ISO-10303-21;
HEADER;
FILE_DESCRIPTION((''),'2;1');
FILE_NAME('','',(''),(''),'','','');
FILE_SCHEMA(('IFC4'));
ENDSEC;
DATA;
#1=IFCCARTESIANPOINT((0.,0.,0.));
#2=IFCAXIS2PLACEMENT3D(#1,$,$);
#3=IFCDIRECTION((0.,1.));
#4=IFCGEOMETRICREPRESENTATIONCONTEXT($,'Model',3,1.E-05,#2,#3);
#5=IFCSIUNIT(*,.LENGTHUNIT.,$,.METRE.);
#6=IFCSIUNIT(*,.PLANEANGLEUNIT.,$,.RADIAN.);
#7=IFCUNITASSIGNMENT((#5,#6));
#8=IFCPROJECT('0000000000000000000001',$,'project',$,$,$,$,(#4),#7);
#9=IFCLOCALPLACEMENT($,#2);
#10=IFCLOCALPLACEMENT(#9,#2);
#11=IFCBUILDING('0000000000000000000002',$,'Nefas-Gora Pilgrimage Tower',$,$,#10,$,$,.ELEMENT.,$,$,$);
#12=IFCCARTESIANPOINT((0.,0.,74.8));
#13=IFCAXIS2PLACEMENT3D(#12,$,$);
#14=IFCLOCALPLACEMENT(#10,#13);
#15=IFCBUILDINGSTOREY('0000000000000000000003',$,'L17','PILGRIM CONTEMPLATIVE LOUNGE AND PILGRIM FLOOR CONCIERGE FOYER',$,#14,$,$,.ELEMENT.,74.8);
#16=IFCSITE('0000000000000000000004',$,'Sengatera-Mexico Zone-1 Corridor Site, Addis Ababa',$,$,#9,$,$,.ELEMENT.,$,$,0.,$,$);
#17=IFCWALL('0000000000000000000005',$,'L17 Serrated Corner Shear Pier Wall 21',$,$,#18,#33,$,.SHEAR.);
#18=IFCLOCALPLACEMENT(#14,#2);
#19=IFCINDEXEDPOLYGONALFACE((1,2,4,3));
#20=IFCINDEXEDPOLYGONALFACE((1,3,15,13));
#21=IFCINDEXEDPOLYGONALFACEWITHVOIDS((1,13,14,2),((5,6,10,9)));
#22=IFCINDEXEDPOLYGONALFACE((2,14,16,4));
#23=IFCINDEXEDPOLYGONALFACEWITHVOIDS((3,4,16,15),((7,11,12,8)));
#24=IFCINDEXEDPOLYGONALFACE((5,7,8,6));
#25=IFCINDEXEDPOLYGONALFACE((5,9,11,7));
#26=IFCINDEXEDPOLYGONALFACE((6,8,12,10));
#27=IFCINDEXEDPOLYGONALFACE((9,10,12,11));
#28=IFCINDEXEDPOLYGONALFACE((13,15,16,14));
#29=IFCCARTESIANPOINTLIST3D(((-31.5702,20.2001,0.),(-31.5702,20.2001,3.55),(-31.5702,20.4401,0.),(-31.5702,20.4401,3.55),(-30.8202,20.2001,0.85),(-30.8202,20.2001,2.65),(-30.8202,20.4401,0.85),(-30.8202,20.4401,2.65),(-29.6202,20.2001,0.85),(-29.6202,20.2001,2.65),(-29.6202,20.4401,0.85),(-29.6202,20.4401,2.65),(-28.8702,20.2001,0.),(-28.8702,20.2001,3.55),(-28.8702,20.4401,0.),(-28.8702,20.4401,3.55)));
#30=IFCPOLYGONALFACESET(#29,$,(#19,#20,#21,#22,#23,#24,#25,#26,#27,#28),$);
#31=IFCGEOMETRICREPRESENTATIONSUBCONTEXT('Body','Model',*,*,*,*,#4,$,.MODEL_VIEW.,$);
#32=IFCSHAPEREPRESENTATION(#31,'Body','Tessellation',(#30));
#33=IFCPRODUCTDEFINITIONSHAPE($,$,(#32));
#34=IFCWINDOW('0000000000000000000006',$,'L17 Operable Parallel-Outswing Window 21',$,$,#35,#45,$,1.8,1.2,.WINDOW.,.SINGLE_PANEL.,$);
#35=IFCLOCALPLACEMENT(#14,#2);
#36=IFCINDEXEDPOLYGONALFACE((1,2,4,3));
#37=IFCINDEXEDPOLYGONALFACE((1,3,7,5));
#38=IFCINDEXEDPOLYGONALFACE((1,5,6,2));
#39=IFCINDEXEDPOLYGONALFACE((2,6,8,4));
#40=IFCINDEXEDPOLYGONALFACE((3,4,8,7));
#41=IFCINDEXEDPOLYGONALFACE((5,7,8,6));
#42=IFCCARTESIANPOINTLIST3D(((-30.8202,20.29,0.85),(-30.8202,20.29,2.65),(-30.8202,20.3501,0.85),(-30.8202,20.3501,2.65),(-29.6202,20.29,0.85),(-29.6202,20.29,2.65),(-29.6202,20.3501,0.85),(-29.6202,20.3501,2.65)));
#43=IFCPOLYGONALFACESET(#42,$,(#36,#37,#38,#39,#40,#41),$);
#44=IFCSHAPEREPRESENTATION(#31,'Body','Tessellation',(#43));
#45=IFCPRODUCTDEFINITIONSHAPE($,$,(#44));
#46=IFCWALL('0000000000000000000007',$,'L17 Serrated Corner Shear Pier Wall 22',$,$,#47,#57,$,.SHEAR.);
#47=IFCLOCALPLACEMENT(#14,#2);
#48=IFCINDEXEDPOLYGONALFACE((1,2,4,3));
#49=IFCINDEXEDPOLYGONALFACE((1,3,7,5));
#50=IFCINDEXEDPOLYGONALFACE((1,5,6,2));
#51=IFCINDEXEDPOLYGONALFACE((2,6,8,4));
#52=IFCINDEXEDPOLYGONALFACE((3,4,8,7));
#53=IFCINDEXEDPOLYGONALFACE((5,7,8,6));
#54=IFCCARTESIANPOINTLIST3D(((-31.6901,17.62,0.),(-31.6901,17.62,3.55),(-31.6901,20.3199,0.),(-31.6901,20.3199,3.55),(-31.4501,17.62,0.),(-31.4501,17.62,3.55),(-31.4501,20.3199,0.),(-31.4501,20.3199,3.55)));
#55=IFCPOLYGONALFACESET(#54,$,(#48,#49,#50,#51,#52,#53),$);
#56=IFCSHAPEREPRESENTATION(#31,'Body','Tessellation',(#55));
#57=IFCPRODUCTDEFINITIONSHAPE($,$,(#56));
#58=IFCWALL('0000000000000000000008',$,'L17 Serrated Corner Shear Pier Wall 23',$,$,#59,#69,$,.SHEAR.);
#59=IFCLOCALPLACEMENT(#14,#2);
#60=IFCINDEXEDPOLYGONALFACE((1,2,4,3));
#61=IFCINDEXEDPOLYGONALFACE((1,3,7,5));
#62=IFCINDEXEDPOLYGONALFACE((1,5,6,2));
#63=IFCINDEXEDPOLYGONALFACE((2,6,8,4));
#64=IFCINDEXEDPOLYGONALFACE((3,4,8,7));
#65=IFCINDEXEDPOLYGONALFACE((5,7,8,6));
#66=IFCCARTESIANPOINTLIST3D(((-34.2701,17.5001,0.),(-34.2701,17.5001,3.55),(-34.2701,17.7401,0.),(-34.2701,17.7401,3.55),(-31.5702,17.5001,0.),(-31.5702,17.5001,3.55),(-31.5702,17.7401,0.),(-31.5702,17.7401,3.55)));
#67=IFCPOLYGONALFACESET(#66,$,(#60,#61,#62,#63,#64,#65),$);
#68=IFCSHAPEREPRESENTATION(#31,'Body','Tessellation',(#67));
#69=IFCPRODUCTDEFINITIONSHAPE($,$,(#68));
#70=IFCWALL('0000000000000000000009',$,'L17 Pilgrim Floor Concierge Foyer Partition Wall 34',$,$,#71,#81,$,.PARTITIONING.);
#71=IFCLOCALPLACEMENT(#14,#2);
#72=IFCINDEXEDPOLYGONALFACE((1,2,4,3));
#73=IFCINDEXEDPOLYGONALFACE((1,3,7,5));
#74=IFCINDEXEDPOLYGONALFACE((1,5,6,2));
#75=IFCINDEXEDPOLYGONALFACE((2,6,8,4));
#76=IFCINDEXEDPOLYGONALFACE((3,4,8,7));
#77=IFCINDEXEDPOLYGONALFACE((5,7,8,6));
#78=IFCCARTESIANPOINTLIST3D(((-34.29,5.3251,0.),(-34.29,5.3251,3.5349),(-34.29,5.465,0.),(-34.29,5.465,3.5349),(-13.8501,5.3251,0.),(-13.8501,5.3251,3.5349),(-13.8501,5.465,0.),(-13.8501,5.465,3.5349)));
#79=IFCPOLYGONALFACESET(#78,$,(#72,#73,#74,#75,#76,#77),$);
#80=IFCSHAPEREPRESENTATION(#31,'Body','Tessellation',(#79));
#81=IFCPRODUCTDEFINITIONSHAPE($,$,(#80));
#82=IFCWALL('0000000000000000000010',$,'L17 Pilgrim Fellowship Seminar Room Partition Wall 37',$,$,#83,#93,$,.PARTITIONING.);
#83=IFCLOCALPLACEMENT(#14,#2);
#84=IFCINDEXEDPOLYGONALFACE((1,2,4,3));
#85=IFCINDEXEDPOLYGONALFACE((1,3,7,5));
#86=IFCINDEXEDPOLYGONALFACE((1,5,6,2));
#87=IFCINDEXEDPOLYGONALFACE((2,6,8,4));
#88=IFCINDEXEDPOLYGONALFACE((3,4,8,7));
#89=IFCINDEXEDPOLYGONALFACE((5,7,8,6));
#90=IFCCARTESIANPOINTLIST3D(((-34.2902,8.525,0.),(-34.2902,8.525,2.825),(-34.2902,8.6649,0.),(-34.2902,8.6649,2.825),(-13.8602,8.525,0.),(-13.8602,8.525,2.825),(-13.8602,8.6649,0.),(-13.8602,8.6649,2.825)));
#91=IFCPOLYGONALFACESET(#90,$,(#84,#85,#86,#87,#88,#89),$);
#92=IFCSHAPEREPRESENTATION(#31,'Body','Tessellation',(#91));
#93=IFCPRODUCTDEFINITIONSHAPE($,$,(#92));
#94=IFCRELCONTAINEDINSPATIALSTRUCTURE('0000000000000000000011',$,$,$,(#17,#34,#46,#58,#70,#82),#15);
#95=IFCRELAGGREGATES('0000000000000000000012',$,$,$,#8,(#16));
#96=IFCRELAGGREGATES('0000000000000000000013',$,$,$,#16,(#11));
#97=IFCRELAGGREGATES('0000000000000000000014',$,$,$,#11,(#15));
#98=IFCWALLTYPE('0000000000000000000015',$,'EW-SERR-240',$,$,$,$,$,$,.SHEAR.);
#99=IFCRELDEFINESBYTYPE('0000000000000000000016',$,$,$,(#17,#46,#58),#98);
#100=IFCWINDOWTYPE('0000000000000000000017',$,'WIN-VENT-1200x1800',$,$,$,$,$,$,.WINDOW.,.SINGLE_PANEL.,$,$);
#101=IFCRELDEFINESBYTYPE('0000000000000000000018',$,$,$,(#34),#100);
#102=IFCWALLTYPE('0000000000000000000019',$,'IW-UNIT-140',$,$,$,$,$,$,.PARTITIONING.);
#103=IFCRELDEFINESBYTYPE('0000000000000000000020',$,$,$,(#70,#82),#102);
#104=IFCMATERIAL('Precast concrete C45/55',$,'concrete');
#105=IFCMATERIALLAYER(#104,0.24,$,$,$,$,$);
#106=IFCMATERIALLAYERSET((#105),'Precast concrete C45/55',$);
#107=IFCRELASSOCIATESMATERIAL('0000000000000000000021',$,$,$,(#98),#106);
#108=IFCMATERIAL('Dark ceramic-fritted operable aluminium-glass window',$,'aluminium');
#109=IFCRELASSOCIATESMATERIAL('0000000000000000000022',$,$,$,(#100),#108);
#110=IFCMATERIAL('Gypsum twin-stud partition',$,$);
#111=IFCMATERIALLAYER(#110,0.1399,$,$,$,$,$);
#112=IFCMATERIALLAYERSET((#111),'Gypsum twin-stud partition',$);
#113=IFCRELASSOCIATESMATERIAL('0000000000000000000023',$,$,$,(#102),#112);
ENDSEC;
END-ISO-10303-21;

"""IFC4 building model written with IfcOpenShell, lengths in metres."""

from ifc_helpers import new_model, si_unit, direction, frame, frame_2d, origin, place, context, subcontext, project, spatial, rectangle, extrude, source, transform, mapped, material, layer, layer_set, type_object, element, fill, save


model = new_model("IFC4")

# Units and contexts
model_context = context("Model", 3, precision=1e-05, world=origin(), true_north=direction((0.0, 1.0)))
body_context = subcontext(model_context, "Body", "Model", "MODEL_VIEW")
ifc_project = project(units=[si_unit("LENGTHUNIT", "METRE"), si_unit("PLANEANGLEUNIT", "RADIAN")], contexts=[model_context])

# Site, building, storey
site_placement = place(None, origin())
site = spatial("IfcSite", under=ifc_project, at=site_placement, Name="Sengatera-Mexico Zone-1 Corridor Site, Addis Ababa", CompositionType="ELEMENT", RefElevation=0.0)
building_placement = place(site_placement, origin())
building = spatial("IfcBuilding", under=site, at=building_placement, Name="Nefas-Gora Pilgrimage Tower", CompositionType="ELEMENT")
storey_placement = place(building_placement, frame((0.0, 0.0, 74.8)))
storey = spatial("IfcBuildingStorey", under=building, at=storey_placement, Name="L17", Description="PILGRIM CONTEMPLATIVE LOUNGE AND PILGRIM FLOOR CONCIERGE FOYER", CompositionType="ELEMENT", Elevation=74.8)

# Shared definitions
ifc_material_1 = material(Name="Precast concrete C45/55", Category="concrete")
ifc_layer_1 = layer(ifc_material_1, 0.24)
ifc_layer_set_1 = layer_set([ifc_layer_1], Name="Precast concrete C45/55")
wall_type_1 = type_object("IfcWallType", Name="EW-SERR-240", PredefinedType="SHEAR", material=ifc_layer_set_1)
shared_shape_1 = source(origin(), body_context, "Body", "SweptSolid", [
    extrude(rectangle(XDim=2.7, YDim=0.24, at=frame_2d((1.3501, 0.0))), origin(), (0.0, 0.0, 1.0), 3.55),
])

# Wall, opening, window
wall_1_placement = place(storey_placement, frame((-28.8701, 20.3201, 0.0), z_axis=(0.0, 0.0, 1.0), x_axis=(-1.0, 0.0, 0.0)))
wall_1 = element("IfcWall", 1, at=wall_1_placement, inside=storey, type_object=wall_type_1, Name="L17 Serrated Corner Shear Pier Wall 21", PredefinedType="SHEAR", context=body_context, shape_type="MappedRepresentation", body=[
    mapped(shared_shape_1, transform((0.0, 0.0, 0.0), x_axis=(1.0, 0.0, 0.0), y_axis=(0.0, 1.0, 0.0), z_axis=(0.0, 0.0, 1.0), scale=1.0)),
])
opening_placement = place(wall_1_placement, frame((0.75, 0.0, 0.8501)))
opening = element("IfcOpeningElement", 2, at=opening_placement, cuts=wall_1, PredefinedType="OPENING", context=body_context, shape_type="SweptSolid", body=[
    extrude(rectangle(XDim=1.2, YDim=1.8, at=frame_2d((0.6001, 0.8999))), frame((0.0, 0.1299, 0.0), z_axis=(0.0, -1.0, 0.0), x_axis=(1.0, 0.0, 0.0)), (0.0, 0.0, 1.0), 0.26),
])
ifc_material_2 = material(Name="Dark ceramic-fritted operable aluminium-glass window", Category="aluminium")
window_type = type_object("IfcWindowType", Name="WIN-VENT-1200x1800", PartitioningType="SINGLE_PANEL", PredefinedType="WINDOW", material=ifc_material_2)
shared_shape_2 = source(origin(), body_context, "Body", "SweptSolid", [
    extrude(rectangle(XDim=1.2, YDim=1.8, at=frame_2d((0.6001, 0.8999))), frame((0.0, 0.03, 0.0), z_axis=(0.0, -1.0, 0.0), x_axis=(1.0, 0.0, 0.0)), (0.0, 0.0, 1.0), 0.0601),
])
window_placement = place(opening_placement, origin())
window = element("IfcWindow", 3, at=window_placement, inside=storey, type_object=window_type, Name="L17 Operable Parallel-Outswing Window 21", OverallHeight=1.8, OverallWidth=1.2, PartitioningType="SINGLE_PANEL", PredefinedType="WINDOW", context=body_context, shape_type="MappedRepresentation", body=[
    mapped(shared_shape_2, transform((0.0, 0.0, 0.0), x_axis=(1.0, 0.0, 0.0), y_axis=(0.0, 1.0, 0.0), z_axis=(0.0, 0.0, 1.0), scale=1.0)),
])
fill(opening, window)

# Walls
for number, where, z_axis, x_axis, name in (
    (4, (-31.5701, 20.3201, 0.0), (0.0, 0.0, 1.0), (0.0, -1.0, 0.0), "L17 Serrated Corner Shear Pier Wall 22"),
    (5, (-31.5701, 17.6201, 0.0), (0.0, 0.0, 1.0), (-1.0, 0.0, 0.0), "L17 Serrated Corner Shear Pier Wall 23"),
):
    element("IfcWall", number, at=place(storey_placement, frame(where, z_axis=z_axis, x_axis=x_axis)), inside=storey, type_object=wall_type_1, Name=name, PredefinedType="SHEAR", context=body_context, shape_type="MappedRepresentation", body=[
        mapped(shared_shape_1, transform((0.0, 0.0, 0.0), x_axis=(1.0, 0.0, 0.0), y_axis=(0.0, 1.0, 0.0), z_axis=(0.0, 0.0, 1.0), scale=1.0)),
    ])
ifc_material_3 = material(Name="Gypsum twin-stud partition")
ifc_layer_2 = layer(ifc_material_3, 0.1399)
ifc_layer_set_2 = layer_set([ifc_layer_2], Name="Gypsum twin-stud partition")
wall_type_2 = type_object("IfcWallType", Name="IW-UNIT-140", PredefinedType="PARTITIONING", material=ifc_layer_set_2)
shared_shape_3 = source(origin(), body_context, "Body", "SweptSolid", [
    extrude(rectangle(XDim=20.4399, YDim=0.1399, at=frame_2d((10.22, 0.0))), origin(), (0.0, 0.0, 1.0), 3.5349),
])
wall_2_placement = place(storey_placement, frame((-34.29, 5.395, 0.0), z_axis=(0.0, 0.0, 1.0), x_axis=(1.0, 0.0, 0.0)))
element("IfcWall", 6, at=wall_2_placement, inside=storey, type_object=wall_type_2, Name="L17 Pilgrim Floor Concierge Foyer Partition Wall 34", PredefinedType="PARTITIONING", context=body_context, shape_type="MappedRepresentation", body=[
    mapped(shared_shape_3, transform((0.0, 0.0, 0.0), x_axis=(1.0, 0.0, 0.0), y_axis=(0.0, 1.0, 0.0), z_axis=(0.0, 0.0, 1.0), scale=1.0)),
])
shared_shape_4 = source(origin(), body_context, "Body", "SweptSolid", [
    extrude(rectangle(XDim=20.4299, YDim=0.1399, at=frame_2d((10.2148, 0.0))), origin(), (0.0, 0.0, 1.0), 2.825),
])
wall_3_placement = place(storey_placement, frame((-34.29, 8.595, 0.0), z_axis=(0.0, 0.0, 1.0), x_axis=(1.0, 0.0, 0.0)))
element("IfcWall", 7, at=wall_3_placement, inside=storey, type_object=wall_type_2, Name="L17 Pilgrim Fellowship Seminar Room Partition Wall 37", PredefinedType="PARTITIONING", context=body_context, shape_type="MappedRepresentation", body=[
    mapped(shared_shape_4, transform((0.0, 0.0, 0.0), x_axis=(1.0, 0.0, 0.0), y_axis=(0.0, 1.0, 0.0), z_axis=(0.0, 0.0, 1.0), scale=1.0)),
])

save(model, "model.ifc")
